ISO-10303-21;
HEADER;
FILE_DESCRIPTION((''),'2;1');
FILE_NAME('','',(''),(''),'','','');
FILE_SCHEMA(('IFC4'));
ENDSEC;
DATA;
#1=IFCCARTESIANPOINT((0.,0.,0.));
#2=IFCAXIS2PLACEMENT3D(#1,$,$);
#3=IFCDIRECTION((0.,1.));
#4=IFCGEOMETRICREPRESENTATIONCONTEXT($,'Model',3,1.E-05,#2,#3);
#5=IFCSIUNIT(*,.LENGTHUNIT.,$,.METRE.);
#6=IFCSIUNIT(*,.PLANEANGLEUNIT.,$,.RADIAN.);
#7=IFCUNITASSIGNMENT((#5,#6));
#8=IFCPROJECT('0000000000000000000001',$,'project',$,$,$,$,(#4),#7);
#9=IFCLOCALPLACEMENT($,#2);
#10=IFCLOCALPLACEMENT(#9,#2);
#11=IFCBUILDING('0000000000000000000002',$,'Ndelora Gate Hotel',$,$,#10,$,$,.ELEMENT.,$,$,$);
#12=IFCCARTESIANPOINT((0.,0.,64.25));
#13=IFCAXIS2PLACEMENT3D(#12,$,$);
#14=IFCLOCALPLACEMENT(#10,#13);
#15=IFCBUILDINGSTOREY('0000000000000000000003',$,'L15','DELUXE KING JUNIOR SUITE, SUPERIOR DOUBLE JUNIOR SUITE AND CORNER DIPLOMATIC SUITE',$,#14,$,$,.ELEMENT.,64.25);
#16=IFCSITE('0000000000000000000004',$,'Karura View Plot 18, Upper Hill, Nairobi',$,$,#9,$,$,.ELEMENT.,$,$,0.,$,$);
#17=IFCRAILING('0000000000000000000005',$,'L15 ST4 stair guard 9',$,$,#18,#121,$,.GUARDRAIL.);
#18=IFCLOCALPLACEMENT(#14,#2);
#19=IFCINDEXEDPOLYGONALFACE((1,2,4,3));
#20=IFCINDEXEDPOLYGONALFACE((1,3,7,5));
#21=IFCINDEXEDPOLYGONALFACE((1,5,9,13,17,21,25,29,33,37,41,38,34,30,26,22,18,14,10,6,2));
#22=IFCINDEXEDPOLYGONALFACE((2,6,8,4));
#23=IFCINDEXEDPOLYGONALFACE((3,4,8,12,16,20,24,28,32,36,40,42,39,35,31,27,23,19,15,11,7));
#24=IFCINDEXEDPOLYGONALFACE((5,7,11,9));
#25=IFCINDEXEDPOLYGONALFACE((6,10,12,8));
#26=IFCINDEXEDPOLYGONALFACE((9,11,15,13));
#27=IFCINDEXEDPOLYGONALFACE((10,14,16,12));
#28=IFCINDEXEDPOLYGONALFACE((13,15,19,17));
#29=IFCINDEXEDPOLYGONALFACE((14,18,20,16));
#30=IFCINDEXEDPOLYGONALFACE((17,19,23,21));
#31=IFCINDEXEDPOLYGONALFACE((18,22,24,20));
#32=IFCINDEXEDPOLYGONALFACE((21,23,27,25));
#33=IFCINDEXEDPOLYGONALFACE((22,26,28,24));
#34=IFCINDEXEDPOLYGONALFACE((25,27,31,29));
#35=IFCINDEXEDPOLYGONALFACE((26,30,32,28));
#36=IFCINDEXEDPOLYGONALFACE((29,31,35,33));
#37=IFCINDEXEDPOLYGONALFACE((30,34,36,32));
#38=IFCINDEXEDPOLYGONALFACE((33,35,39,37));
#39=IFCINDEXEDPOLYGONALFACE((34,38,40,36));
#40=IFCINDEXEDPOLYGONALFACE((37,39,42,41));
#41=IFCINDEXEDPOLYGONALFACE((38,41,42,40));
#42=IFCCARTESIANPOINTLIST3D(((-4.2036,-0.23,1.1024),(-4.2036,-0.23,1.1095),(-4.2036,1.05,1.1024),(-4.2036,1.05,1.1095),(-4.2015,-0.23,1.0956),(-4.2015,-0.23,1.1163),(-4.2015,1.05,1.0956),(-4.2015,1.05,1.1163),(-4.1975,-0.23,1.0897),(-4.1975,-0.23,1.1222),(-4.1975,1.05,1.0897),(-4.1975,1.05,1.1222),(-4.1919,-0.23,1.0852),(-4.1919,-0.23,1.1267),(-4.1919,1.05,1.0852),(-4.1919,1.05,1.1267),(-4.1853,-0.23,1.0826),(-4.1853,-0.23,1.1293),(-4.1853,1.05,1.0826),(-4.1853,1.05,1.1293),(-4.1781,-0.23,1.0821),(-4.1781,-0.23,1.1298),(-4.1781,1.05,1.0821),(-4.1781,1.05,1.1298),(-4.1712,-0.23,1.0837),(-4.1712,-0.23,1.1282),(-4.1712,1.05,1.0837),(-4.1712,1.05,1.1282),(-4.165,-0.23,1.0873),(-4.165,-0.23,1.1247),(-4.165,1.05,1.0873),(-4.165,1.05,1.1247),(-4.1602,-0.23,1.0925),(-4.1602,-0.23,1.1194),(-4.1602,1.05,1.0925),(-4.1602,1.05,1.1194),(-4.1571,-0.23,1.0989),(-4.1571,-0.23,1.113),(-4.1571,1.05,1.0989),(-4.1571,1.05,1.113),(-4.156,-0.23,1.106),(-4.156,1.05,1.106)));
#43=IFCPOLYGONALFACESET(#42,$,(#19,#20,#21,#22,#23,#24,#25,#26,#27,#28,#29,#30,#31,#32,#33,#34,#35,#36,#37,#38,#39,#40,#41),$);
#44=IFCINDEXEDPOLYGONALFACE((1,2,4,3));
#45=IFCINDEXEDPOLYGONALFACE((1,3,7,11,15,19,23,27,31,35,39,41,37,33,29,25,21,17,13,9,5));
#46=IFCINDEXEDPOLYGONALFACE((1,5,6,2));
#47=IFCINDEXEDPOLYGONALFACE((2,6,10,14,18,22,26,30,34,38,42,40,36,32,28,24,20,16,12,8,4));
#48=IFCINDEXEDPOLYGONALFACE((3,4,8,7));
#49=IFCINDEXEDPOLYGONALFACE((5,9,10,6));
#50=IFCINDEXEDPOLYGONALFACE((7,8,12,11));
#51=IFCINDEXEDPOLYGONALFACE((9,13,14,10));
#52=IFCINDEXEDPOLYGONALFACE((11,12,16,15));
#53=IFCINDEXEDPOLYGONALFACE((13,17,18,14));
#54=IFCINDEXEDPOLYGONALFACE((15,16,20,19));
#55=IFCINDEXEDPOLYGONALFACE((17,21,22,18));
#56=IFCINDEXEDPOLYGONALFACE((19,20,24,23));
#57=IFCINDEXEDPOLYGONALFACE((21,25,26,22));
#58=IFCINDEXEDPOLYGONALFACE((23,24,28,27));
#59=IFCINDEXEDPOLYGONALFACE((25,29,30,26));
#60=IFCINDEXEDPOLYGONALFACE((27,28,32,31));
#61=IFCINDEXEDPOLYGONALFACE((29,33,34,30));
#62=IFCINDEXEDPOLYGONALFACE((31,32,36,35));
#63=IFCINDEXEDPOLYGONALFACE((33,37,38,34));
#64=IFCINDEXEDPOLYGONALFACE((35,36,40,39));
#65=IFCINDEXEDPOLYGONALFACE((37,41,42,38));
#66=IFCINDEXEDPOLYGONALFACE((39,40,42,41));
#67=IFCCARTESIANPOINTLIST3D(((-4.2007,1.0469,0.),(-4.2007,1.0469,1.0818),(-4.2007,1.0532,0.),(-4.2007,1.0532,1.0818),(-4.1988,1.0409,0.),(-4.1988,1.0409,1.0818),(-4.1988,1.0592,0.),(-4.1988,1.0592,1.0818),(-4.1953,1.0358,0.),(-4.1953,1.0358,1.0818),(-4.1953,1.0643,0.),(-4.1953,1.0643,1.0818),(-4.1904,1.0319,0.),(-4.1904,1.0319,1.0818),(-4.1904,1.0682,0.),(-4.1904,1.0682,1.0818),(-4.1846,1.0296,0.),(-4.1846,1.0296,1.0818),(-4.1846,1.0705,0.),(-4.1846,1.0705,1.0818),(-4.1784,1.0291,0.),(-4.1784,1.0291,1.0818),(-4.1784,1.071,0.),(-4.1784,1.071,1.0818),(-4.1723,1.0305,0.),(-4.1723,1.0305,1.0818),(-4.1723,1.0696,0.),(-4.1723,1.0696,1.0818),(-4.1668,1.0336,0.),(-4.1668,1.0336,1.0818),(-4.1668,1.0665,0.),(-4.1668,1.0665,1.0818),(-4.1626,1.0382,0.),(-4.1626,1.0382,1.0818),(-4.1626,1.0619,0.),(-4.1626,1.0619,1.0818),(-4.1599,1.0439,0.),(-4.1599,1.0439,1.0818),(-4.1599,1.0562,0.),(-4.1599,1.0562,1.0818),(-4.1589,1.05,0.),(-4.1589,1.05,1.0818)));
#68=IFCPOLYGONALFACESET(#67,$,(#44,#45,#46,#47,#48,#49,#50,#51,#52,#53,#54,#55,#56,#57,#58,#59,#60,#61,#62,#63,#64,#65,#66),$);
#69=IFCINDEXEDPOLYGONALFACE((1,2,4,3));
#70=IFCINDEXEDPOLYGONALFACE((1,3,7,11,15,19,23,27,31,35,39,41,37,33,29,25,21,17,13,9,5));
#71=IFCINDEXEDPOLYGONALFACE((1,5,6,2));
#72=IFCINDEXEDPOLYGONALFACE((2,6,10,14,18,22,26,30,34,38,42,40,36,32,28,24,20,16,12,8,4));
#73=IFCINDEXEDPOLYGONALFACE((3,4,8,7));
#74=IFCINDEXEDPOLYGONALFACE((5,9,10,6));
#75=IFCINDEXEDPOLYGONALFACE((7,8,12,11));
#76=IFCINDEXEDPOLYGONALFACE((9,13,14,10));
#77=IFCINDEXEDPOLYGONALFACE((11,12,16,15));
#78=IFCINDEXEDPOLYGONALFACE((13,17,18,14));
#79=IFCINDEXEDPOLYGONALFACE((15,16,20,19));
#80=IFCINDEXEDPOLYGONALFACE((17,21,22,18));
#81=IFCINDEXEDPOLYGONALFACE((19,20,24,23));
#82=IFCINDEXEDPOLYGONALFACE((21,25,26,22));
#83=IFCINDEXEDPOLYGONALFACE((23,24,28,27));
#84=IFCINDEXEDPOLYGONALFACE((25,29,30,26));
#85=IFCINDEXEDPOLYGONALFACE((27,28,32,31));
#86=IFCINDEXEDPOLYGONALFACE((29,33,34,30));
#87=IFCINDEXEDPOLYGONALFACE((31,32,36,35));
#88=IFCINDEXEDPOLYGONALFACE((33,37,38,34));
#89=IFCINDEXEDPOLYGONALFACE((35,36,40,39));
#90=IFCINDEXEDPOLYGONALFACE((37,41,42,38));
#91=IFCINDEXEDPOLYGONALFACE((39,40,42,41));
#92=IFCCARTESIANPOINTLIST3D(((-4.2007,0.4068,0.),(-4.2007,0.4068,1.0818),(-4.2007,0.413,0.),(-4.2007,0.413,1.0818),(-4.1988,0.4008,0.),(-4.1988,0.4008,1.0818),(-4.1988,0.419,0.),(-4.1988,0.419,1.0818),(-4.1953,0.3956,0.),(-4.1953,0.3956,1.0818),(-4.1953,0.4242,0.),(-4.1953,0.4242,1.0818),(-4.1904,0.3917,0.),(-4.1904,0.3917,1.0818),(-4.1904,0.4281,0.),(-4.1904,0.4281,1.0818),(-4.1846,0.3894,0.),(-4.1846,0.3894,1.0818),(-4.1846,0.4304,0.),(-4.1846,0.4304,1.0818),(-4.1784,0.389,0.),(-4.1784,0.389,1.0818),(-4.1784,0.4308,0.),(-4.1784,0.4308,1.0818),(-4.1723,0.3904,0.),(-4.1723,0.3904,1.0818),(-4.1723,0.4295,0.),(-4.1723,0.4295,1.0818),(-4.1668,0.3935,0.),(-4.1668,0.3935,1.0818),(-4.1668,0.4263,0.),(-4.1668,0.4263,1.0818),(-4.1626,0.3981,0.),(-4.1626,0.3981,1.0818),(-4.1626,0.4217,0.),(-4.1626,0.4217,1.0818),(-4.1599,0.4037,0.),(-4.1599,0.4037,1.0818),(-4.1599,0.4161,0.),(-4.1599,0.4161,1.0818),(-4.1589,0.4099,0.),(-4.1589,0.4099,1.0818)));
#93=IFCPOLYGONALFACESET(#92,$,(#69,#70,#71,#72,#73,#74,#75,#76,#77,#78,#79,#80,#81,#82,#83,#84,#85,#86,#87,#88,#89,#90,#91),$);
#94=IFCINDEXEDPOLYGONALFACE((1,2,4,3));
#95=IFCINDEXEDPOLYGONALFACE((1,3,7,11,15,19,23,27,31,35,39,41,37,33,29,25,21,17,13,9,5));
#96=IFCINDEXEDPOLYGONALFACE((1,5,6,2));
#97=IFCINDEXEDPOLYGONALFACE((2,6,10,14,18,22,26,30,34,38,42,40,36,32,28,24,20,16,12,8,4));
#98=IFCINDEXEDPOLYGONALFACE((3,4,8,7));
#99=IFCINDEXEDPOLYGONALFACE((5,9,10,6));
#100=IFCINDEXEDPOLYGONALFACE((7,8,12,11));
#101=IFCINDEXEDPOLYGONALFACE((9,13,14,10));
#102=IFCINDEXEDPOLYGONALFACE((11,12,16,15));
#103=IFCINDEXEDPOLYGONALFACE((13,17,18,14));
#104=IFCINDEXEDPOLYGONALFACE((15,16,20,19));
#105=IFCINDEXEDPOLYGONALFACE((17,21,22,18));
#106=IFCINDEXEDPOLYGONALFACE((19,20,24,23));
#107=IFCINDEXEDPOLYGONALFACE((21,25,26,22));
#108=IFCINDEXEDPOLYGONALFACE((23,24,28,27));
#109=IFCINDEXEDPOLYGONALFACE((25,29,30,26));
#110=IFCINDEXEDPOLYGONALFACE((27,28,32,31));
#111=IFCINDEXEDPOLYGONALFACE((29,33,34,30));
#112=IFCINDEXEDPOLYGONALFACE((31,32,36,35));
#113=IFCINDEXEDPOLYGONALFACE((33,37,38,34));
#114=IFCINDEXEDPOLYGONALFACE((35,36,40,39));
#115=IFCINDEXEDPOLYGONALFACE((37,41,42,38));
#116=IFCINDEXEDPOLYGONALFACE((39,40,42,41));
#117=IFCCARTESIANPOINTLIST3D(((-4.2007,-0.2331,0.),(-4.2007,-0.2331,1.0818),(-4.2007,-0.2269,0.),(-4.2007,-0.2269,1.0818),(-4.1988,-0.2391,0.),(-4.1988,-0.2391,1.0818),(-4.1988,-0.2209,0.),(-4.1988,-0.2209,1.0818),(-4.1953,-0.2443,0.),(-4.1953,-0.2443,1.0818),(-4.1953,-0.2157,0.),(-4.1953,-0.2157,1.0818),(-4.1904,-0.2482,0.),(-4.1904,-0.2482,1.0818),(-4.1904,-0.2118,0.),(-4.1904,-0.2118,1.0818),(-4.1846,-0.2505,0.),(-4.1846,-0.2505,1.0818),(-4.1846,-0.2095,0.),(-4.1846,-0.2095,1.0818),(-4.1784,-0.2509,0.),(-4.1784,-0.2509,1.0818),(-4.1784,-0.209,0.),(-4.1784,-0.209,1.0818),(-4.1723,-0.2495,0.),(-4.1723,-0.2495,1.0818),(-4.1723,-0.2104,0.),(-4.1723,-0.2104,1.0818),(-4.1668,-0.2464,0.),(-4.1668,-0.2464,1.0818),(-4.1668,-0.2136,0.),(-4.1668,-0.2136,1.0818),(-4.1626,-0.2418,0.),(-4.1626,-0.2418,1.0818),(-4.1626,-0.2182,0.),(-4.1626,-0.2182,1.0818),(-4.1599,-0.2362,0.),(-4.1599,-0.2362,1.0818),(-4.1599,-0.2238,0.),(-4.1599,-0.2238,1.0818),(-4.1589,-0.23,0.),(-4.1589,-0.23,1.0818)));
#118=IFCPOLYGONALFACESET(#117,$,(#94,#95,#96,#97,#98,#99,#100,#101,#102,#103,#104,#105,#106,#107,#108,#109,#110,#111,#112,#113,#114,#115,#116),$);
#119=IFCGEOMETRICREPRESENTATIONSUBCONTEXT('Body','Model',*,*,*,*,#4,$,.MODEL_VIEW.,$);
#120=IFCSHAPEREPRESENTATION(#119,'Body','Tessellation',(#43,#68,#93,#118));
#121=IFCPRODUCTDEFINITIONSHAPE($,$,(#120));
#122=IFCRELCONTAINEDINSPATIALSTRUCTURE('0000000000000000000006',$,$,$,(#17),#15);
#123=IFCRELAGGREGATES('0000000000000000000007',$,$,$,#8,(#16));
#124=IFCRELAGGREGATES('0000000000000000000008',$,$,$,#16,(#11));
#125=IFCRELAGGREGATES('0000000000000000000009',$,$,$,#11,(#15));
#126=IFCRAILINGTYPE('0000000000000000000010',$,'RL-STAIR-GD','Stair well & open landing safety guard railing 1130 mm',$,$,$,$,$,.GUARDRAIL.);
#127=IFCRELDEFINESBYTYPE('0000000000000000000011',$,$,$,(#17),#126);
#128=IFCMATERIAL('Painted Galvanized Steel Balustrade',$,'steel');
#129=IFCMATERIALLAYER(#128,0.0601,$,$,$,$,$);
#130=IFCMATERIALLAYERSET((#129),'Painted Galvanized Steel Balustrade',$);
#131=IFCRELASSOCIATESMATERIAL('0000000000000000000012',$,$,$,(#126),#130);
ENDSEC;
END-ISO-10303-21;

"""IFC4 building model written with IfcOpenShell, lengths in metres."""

from ifc_helpers import new_model, si_unit, direction, frame, origin, origin_2d, place, context, subcontext, project, spatial, circle, extrude, material, layer, layer_set, type_object, element, save


model = new_model("IFC4")

# Units and contexts
model_context = context("Model", 3, precision=1e-05, world=origin(), true_north=direction((0.0, 1.0)))
body_context = subcontext(model_context, "Body", "Model", "MODEL_VIEW")
ifc_project = project(units=[si_unit("LENGTHUNIT", "METRE"), si_unit("PLANEANGLEUNIT", "RADIAN")], contexts=[model_context])

# Site, building, storey
site_placement = place(None, origin())
site = spatial("IfcSite", under=ifc_project, at=site_placement, Name="Karura View Plot 18, Upper Hill, Nairobi", CompositionType="ELEMENT", RefElevation=0.0)
building_placement = place(site_placement, origin())
building = spatial("IfcBuilding", under=site, at=building_placement, Name="Ndelora Gate Hotel", CompositionType="ELEMENT")
storey_placement = place(building_placement, frame((0.0, 0.0, 64.25)))
storey = spatial("IfcBuildingStorey", under=building, at=storey_placement, Name="L15", Description="DELUXE KING JUNIOR SUITE, SUPERIOR DOUBLE JUNIOR SUITE AND CORNER DIPLOMATIC SUITE", CompositionType="ELEMENT", Elevation=64.25)

# Railing
ifc_material_1 = material(Name="Painted Galvanized Steel Balustrade", Category="steel")
ifc_layer_1 = layer(ifc_material_1, 0.0601)
ifc_layer_set_1 = layer_set([ifc_layer_1], Name="Painted Galvanized Steel Balustrade")
railing_type = type_object("IfcRailingType", Name="RL-STAIR-GD", Description="Stair well & open landing safety guard railing 1130 mm", PredefinedType="GUARDRAIL", material=ifc_layer_set_1)
for number, where, name in (
    (1, (-4.1799, 1.05, 0.0), "L15 ST4 stair guard 9"),
):
    element("IfcRailing", number, at=place(storey_placement, frame(where)), inside=storey, type_object=railing_type, Name=name, PredefinedType="GUARDRAIL", context=body_context, shape_type="SweptSolid", body=[
        extrude(circle(Radius=0.0239, at=origin_2d()), frame((0.0, 0.0, 1.106), z_axis=(0.0, -1.0, 0.0), x_axis=(1.0, 0.0, 0.0)), (0.0, 0.0, 1.0), 1.28),
        extrude(circle(Radius=0.021, at=origin_2d()), origin(), (0.0, 0.0, 1.0), 1.0818),
        extrude(circle(Radius=0.021, at=origin_2d()), frame((0.0, -0.6401, 0.0)), (0.0, 0.0, 1.0), 1.0818),
        extrude(circle(Radius=0.021, at=origin_2d()), frame((0.0, -1.28, 0.0)), (0.0, 0.0, 1.0), 1.0818),
    ])

save(model, "model.ifc")
